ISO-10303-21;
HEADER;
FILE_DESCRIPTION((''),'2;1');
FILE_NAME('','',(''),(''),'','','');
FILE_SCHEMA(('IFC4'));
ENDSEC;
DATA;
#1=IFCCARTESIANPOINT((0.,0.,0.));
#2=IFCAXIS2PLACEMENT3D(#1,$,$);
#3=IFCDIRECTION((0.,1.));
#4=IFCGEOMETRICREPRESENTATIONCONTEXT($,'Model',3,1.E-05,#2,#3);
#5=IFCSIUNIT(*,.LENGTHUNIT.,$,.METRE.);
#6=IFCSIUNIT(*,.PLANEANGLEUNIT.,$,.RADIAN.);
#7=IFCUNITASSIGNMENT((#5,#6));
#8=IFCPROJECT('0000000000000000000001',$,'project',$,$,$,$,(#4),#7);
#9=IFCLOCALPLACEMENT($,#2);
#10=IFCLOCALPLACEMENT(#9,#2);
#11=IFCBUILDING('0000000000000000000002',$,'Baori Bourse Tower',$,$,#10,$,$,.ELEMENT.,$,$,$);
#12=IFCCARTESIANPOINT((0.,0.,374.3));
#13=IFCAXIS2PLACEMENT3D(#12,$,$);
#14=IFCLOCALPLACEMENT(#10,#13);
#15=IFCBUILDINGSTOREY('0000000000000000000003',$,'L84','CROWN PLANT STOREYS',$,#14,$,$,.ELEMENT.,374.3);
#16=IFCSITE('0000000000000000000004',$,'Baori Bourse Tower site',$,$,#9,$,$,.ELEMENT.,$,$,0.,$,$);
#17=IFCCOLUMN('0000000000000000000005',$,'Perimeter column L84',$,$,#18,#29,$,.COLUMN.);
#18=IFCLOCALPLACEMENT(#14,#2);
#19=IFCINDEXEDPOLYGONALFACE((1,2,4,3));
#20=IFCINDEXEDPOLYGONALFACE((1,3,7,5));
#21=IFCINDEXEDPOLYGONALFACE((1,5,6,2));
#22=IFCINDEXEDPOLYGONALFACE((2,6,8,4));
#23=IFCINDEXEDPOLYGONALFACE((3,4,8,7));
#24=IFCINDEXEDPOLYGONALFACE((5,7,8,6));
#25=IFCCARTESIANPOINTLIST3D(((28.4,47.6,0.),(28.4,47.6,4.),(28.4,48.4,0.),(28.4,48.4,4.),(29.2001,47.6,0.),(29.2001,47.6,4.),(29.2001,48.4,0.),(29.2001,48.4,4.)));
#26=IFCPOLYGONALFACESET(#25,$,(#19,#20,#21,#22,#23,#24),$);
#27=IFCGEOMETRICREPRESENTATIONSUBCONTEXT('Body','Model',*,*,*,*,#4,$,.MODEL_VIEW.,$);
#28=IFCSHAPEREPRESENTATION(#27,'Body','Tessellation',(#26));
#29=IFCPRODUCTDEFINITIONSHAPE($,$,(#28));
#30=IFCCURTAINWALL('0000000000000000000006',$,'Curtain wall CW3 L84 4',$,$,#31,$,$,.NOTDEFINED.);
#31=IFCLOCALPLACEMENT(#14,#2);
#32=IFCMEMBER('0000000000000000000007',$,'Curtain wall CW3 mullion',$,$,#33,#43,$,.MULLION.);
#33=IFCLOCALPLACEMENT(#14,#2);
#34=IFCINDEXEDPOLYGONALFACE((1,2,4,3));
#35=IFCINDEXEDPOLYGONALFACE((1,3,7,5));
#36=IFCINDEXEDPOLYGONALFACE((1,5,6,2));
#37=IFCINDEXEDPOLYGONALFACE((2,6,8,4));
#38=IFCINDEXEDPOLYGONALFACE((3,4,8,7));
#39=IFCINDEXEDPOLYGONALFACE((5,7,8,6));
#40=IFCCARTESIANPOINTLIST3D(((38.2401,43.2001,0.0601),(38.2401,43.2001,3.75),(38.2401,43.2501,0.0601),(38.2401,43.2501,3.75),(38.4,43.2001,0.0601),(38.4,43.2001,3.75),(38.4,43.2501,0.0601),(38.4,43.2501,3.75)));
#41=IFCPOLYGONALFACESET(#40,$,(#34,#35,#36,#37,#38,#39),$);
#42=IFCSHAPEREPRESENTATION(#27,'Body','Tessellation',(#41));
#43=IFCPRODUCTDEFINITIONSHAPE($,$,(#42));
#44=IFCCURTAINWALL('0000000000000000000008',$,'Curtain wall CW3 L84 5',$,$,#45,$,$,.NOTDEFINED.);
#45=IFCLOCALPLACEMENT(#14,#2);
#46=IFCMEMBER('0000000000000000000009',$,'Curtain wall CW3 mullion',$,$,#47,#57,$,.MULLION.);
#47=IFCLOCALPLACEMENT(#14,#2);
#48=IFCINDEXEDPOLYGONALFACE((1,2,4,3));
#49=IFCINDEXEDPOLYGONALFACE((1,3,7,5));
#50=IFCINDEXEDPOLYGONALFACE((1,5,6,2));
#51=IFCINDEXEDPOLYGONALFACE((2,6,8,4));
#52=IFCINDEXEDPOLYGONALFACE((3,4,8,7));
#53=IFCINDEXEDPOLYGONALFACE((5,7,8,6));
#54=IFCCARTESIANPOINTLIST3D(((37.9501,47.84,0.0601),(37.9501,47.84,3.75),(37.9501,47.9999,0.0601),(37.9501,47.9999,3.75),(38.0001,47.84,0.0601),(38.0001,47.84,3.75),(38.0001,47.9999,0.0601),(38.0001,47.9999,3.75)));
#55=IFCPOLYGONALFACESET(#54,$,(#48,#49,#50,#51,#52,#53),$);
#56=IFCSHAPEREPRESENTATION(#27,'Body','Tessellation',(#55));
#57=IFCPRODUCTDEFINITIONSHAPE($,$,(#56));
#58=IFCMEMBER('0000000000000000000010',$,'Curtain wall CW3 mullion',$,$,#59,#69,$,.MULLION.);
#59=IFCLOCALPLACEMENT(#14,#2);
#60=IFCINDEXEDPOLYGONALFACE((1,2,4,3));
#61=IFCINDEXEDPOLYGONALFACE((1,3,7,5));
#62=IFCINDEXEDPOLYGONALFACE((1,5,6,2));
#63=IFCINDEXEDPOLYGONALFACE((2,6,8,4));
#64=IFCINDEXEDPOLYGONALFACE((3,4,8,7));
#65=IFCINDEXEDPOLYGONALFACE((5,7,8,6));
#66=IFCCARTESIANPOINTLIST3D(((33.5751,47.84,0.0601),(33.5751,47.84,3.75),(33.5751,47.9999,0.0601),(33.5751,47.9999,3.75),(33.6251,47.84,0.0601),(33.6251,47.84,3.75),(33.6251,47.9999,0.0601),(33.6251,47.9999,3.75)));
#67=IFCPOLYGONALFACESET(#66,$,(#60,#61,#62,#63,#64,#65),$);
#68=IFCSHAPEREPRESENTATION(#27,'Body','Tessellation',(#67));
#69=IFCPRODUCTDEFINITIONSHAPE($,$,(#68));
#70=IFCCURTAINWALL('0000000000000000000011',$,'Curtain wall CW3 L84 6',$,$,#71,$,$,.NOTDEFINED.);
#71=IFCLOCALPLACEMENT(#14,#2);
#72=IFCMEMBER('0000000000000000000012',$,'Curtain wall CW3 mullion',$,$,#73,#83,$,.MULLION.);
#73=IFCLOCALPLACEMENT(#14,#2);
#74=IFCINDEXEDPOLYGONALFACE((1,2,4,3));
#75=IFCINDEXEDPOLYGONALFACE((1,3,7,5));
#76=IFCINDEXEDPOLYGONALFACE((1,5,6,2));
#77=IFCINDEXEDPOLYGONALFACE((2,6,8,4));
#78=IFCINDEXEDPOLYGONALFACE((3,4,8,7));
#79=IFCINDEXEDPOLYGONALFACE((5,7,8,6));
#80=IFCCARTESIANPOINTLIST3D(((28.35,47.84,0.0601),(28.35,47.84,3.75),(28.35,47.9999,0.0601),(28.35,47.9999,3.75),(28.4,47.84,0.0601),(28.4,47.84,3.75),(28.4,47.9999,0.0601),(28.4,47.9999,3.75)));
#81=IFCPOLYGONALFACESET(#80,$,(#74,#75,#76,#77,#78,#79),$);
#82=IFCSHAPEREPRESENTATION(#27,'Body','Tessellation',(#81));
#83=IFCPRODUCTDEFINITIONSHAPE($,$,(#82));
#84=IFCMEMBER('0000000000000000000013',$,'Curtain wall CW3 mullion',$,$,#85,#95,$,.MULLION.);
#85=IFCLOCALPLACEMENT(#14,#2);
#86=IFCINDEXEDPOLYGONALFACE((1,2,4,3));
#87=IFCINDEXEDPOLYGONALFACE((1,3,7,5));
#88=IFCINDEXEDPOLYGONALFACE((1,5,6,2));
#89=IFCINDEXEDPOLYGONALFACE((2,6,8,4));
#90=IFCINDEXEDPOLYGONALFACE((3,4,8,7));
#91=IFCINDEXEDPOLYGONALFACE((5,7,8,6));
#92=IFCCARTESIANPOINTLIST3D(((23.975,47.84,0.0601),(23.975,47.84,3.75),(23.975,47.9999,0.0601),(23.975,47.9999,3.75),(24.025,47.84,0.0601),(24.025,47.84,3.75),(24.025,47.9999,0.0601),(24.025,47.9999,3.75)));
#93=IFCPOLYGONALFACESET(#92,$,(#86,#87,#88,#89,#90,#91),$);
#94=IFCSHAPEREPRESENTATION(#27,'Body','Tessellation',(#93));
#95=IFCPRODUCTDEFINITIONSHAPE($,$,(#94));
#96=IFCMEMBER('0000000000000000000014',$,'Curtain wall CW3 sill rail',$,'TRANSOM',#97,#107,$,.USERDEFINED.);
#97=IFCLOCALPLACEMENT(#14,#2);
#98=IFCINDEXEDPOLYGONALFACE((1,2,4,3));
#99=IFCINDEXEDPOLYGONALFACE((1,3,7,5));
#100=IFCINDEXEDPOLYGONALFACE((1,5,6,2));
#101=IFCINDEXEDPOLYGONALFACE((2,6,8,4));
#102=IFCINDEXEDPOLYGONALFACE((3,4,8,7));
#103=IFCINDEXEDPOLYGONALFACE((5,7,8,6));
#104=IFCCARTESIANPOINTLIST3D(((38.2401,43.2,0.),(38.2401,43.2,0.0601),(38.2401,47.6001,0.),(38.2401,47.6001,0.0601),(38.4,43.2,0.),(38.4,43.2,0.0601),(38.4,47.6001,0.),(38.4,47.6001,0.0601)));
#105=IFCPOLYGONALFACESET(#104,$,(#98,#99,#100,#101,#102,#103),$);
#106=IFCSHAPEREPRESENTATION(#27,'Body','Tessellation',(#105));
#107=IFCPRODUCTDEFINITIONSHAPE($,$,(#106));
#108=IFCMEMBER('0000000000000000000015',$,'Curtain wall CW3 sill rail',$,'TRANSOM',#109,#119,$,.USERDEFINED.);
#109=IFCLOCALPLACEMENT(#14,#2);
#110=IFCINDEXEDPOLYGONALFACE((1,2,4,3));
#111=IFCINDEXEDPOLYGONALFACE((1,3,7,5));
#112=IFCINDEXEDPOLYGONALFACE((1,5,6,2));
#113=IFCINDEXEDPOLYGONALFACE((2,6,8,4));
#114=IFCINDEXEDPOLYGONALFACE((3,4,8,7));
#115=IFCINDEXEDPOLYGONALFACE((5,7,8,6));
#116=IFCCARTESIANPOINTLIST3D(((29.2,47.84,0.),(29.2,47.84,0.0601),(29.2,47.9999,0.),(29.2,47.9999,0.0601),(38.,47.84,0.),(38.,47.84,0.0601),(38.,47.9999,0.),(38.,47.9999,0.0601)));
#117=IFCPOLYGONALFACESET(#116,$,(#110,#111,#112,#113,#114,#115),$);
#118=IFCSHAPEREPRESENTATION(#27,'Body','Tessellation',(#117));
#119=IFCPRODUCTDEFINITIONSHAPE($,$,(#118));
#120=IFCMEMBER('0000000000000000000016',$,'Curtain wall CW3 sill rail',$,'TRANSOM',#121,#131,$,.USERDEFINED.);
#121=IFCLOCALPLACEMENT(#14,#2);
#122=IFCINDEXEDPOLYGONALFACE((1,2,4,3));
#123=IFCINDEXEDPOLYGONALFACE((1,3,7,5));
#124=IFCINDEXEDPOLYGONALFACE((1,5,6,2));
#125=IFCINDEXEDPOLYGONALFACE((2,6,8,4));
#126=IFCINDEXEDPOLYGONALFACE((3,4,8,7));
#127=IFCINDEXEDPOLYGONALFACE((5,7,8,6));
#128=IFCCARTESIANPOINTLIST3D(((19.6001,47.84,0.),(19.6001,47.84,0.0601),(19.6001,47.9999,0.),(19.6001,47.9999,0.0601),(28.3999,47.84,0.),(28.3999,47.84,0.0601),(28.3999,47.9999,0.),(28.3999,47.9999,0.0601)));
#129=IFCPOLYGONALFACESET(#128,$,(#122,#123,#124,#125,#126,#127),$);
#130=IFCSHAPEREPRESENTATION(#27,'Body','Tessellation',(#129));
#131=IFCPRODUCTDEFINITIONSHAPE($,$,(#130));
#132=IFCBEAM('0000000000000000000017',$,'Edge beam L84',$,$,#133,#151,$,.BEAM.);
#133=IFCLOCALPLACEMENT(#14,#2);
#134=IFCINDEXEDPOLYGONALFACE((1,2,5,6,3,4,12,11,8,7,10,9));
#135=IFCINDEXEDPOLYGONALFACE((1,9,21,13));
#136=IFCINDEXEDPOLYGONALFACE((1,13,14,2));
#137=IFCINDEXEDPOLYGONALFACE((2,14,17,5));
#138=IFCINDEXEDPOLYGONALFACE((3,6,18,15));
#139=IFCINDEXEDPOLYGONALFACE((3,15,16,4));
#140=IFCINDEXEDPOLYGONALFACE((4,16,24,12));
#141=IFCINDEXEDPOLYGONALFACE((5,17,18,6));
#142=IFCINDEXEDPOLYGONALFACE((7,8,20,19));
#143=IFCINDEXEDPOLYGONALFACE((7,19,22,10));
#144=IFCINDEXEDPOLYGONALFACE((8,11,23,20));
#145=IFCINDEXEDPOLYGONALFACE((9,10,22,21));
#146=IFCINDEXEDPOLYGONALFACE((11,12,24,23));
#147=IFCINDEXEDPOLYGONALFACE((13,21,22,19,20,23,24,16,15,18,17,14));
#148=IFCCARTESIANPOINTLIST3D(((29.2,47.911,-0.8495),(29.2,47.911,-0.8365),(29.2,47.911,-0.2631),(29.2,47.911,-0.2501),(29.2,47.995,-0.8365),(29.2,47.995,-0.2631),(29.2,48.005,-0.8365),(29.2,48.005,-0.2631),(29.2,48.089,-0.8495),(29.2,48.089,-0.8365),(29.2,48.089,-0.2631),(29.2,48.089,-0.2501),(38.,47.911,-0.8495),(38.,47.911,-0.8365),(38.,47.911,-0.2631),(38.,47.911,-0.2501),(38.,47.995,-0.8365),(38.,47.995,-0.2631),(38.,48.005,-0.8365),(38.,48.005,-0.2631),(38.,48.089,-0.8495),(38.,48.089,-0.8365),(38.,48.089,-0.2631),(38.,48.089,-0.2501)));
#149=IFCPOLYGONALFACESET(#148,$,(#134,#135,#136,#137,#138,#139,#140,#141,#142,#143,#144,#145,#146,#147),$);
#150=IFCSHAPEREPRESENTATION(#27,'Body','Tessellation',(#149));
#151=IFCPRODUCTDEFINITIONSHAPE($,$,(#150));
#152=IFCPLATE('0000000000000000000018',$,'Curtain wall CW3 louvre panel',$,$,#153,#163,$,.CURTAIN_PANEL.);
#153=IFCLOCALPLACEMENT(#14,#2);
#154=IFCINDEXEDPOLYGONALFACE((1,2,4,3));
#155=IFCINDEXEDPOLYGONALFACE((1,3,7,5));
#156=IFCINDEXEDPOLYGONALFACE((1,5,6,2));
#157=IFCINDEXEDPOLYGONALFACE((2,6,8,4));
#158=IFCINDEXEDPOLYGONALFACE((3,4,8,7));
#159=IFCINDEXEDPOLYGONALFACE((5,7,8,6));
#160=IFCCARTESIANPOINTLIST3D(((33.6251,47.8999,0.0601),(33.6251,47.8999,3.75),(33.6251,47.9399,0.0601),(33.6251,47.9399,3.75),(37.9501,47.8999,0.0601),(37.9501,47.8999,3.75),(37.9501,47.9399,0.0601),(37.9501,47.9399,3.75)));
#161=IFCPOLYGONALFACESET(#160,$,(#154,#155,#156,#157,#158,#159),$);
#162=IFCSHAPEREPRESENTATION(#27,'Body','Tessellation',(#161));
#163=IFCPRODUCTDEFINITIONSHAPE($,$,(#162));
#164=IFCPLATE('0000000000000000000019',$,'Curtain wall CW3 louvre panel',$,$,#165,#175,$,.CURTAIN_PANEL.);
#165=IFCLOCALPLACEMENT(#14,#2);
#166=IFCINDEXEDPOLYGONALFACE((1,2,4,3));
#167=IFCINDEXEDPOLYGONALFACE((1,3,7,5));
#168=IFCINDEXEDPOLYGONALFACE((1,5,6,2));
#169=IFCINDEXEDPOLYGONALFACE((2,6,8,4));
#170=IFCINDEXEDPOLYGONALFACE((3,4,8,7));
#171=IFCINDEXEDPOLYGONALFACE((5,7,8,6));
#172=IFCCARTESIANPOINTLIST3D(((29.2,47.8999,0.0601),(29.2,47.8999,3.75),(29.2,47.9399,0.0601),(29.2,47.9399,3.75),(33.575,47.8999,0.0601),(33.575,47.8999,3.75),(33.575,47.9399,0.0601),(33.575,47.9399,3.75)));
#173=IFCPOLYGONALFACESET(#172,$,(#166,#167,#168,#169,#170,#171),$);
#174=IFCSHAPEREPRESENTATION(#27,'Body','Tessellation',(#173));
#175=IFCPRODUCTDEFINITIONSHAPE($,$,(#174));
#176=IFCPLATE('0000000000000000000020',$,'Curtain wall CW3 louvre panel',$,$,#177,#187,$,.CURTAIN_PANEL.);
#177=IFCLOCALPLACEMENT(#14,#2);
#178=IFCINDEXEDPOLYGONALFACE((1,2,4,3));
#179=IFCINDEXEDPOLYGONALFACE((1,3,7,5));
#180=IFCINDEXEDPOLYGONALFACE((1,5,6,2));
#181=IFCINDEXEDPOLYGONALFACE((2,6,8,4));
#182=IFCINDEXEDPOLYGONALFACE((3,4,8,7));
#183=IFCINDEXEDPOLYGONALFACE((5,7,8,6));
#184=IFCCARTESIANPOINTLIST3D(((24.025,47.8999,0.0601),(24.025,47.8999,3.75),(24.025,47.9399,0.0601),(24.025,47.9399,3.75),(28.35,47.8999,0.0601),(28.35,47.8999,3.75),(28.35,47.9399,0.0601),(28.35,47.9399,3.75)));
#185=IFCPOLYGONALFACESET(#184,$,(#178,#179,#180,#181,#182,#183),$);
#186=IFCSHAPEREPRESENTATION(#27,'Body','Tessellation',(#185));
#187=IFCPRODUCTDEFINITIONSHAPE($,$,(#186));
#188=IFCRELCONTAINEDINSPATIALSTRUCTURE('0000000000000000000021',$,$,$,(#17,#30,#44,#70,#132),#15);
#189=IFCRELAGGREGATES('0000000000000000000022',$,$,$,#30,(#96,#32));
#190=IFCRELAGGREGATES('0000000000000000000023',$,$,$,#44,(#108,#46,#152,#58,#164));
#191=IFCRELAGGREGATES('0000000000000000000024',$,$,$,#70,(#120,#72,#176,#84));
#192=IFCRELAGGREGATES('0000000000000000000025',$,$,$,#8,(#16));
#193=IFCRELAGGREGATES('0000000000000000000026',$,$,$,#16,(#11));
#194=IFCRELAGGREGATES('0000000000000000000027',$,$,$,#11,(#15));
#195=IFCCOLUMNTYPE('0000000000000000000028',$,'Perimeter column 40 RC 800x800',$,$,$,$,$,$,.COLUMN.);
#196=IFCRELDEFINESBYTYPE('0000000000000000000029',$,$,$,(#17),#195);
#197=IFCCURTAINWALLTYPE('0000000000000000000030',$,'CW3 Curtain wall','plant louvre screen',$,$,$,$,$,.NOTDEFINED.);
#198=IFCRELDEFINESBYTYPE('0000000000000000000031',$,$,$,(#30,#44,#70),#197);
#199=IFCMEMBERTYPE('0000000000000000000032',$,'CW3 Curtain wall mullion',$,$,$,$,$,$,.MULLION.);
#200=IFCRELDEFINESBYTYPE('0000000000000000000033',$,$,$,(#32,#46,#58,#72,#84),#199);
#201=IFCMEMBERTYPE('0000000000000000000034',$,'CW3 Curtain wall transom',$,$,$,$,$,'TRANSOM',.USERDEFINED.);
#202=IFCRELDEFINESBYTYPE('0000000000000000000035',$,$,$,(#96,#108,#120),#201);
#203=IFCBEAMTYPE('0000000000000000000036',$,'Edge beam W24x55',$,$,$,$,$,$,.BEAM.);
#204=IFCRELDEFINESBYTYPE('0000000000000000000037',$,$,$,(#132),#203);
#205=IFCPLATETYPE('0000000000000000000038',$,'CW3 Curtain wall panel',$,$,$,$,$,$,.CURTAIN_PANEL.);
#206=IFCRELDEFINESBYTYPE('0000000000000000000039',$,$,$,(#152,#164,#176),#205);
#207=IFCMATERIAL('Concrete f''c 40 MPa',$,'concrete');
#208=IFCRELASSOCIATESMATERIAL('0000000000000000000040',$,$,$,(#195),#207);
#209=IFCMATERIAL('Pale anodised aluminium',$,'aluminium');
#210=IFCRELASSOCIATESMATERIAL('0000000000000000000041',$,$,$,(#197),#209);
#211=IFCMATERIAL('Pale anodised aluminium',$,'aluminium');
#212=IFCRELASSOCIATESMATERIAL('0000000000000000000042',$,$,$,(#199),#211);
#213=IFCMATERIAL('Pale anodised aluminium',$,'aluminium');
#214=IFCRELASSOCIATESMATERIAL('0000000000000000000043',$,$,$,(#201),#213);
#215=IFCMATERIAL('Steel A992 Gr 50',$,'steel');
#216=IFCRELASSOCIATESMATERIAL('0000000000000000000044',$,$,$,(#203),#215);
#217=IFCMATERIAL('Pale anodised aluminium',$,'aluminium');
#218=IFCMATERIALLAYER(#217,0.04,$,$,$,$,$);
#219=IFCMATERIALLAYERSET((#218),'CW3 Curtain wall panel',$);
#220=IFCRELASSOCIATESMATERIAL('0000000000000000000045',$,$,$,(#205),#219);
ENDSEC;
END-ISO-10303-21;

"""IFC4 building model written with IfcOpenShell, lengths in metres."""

from ifc_helpers import new_model, si_unit, direction, frame, origin, origin_2d, place, context, subcontext, project, spatial, rectangle, i_section, extrude, material, layer, layer_set, material_profile, profile_set, type_object, element, aggregate, save


model = new_model("IFC4")

# Units and contexts
model_context = context("Model", 3, precision=1e-05, world=origin(), true_north=direction((0.0, 1.0)))
body_context = subcontext(model_context, "Body", "Model", "MODEL_VIEW")
ifc_project = project(units=[si_unit("LENGTHUNIT", "METRE"), si_unit("PLANEANGLEUNIT", "RADIAN")], contexts=[model_context])

# Site, building, storey
site_placement = place(None, origin())
site = spatial("IfcSite", under=ifc_project, at=site_placement, Name="Baori Bourse Tower site", CompositionType="ELEMENT", RefElevation=0.0)
building_placement = place(site_placement, origin())
building = spatial("IfcBuilding", under=site, at=building_placement, Name="Baori Bourse Tower", CompositionType="ELEMENT")
storey_placement = place(building_placement, frame((0.0, 0.0, 374.3)))
storey = spatial("IfcBuildingStorey", under=building, at=storey_placement, Name="L84", Description="CROWN PLANT STOREYS", CompositionType="ELEMENT", Elevation=374.3)

# Column
ifc_material_1 = material(Name="Concrete f'c 40 MPa", Category="concrete")
ifc_material_profile_1 = material_profile(ifc_material_1, rectangle(XDim=0.8, YDim=0.8, at=origin_2d()), Name="RC 800x800")
ifc_profile_set_1 = profile_set([ifc_material_profile_1], Name="Concrete f'c 40 MPa")
column_type = type_object("IfcColumnType", Name="Perimeter column 40 RC 800x800", PredefinedType="COLUMN", material=ifc_profile_set_1)
column_placement = place(storey_placement, frame((28.8, 48.0, 0.0), z_axis=(0.0, 0.0, 1.0), x_axis=(1.0, 0.0, 0.0)))
element("IfcColumn", 1, at=column_placement, inside=storey, type_object=column_type, Name="Perimeter column L84", PredefinedType="COLUMN", context=body_context, shape_type="SweptSolid", body=[
    extrude(rectangle(XDim=0.8, YDim=0.8, at=origin_2d()), origin(), (0.0, 0.0, 1.0), 4.0),
])

# Curtain wall, member
ifc_material_2 = material(Name="Pale anodised aluminium", Category="aluminium")
curtain_wall_type = type_object("IfcCurtainWallType", Name="CW3 Curtain wall", Description="plant louvre screen", PredefinedType="NOTDEFINED", material=ifc_material_2)
curtain_wall_1_placement = place(storey_placement, origin())
curtain_wall_1 = element("IfcCurtainWall", 2, at=curtain_wall_1_placement, inside=storey, type_object=curtain_wall_type, Name="Curtain wall CW3 L84 4", PredefinedType="NOTDEFINED")
ifc_material_3 = material(Name="Pale anodised aluminium", Category="aluminium")
ifc_material_profile_2 = material_profile(ifc_material_3, rectangle(XDim=0.1599, YDim=0.05, at=origin_2d()), Name="Mullion 50x160")
ifc_profile_set_2 = profile_set([ifc_material_profile_2], Name="Pale anodised aluminium")
member_type_1 = type_object("IfcMemberType", Name="CW3 Curtain wall mullion", PredefinedType="MULLION", material=ifc_profile_set_2)
member_1_placement = place(storey_placement, frame((38.3201, 43.2251, 0.0601), z_axis=(0.0, 0.0, 1.0), x_axis=(-1.0, 0.0, 0.0)))
member_1 = element("IfcMember", 3, at=member_1_placement, type_object=member_type_1, Name="Curtain wall CW3 mullion", PredefinedType="MULLION", context=body_context, shape_type="SweptSolid", body=[
    extrude(rectangle(XDim=0.1599, YDim=0.05, at=origin_2d()), origin(), (0.0, 0.0, 1.0), 3.6899),
])

# Curtain walls, members
curtain_wall_2_placement = place(storey_placement, origin())
curtain_wall_2 = element("IfcCurtainWall", 4, at=curtain_wall_2_placement, inside=storey, type_object=curtain_wall_type, Name="Curtain wall CW3 L84 5", PredefinedType="NOTDEFINED")
member_2_placement = place(storey_placement, frame((37.9751, 47.9199, 0.0601), z_axis=(0.0, 0.0, 1.0), x_axis=(0.0, -1.0, 0.0)))
member_2 = element("IfcMember", 5, at=member_2_placement, type_object=member_type_1, Name="Curtain wall CW3 mullion", PredefinedType="MULLION", context=body_context, shape_type="SweptSolid", body=[
    extrude(rectangle(XDim=0.1599, YDim=0.05, at=origin_2d()), origin(), (0.0, 0.0, 1.0), 3.6899),
])
member_3_placement = place(storey_placement, frame((33.6001, 47.9199, 0.0601), z_axis=(0.0, 0.0, 1.0), x_axis=(0.0, -1.0, 0.0)))
member_3 = element("IfcMember", 6, at=member_3_placement, type_object=member_type_1, Name="Curtain wall CW3 mullion", PredefinedType="MULLION", context=body_context, shape_type="SweptSolid", body=[
    extrude(rectangle(XDim=0.1599, YDim=0.05, at=origin_2d()), origin(), (0.0, 0.0, 1.0), 3.6899),
])
curtain_wall_3_placement = place(storey_placement, origin())
curtain_wall_3 = element("IfcCurtainWall", 7, at=curtain_wall_3_placement, inside=storey, type_object=curtain_wall_type, Name="Curtain wall CW3 L84 6", PredefinedType="NOTDEFINED")
member_4_placement = place(storey_placement, frame((28.375, 47.9199, 0.0601), z_axis=(0.0, 0.0, 1.0), x_axis=(0.0, -1.0, 0.0)))
member_4 = element("IfcMember", 8, at=member_4_placement, type_object=member_type_1, Name="Curtain wall CW3 mullion", PredefinedType="MULLION", context=body_context, shape_type="SweptSolid", body=[
    extrude(rectangle(XDim=0.1599, YDim=0.05, at=origin_2d()), origin(), (0.0, 0.0, 1.0), 3.6899),
])
member_5_placement = place(storey_placement, frame((24.0, 47.9199, 0.0601), z_axis=(0.0, 0.0, 1.0), x_axis=(0.0, -1.0, 0.0)))
member_5 = element("IfcMember", 9, at=member_5_placement, type_object=member_type_1, Name="Curtain wall CW3 mullion", PredefinedType="MULLION", context=body_context, shape_type="SweptSolid", body=[
    extrude(rectangle(XDim=0.1599, YDim=0.05, at=origin_2d()), origin(), (0.0, 0.0, 1.0), 3.6899),
])

# Members
ifc_material_4 = material(Name="Pale anodised aluminium", Category="aluminium")
ifc_material_profile_3 = material_profile(ifc_material_4, rectangle(XDim=0.1599, YDim=0.0601, at=origin_2d()), Name="Transom 60x160")
ifc_profile_set_3 = profile_set([ifc_material_profile_3], Name="Pale anodised aluminium")
member_type_2 = type_object("IfcMemberType", Name="CW3 Curtain wall transom", ElementType="TRANSOM", PredefinedType="USERDEFINED", material=ifc_profile_set_3)
member_6_placement = place(storey_placement, frame((38.3201, 43.2, 0.03), z_axis=(0.0, 1.0, 0.0), x_axis=(-1.0, 0.0, 0.0)))
member_6 = element("IfcMember", 10, at=member_6_placement, type_object=member_type_2, Name="Curtain wall CW3 sill rail", ObjectType="TRANSOM", PredefinedType="USERDEFINED", context=body_context, shape_type="SweptSolid", body=[
    extrude(rectangle(XDim=0.1599, YDim=0.0601, at=origin_2d()), origin(), (0.0, 0.0, 1.0), 4.4001),
])
aggregate(curtain_wall_1, [member_6, member_1])
member_7_placement = place(storey_placement, frame((38.0, 47.9199, 0.03), z_axis=(-1.0, 0.0, 0.0), x_axis=(0.0, -1.0, 0.0)))
member_7 = element("IfcMember", 11, at=member_7_placement, type_object=member_type_2, Name="Curtain wall CW3 sill rail", ObjectType="TRANSOM", PredefinedType="USERDEFINED", context=body_context, shape_type="SweptSolid", body=[
    extrude(rectangle(XDim=0.1599, YDim=0.0601, at=origin_2d()), origin(), (0.0, 0.0, 1.0), 8.8),
])
member_8_placement = place(storey_placement, frame((28.3999, 47.9199, 0.03), z_axis=(-1.0, 0.0, 0.0), x_axis=(0.0, -1.0, 0.0)))
member_8 = element("IfcMember", 12, at=member_8_placement, type_object=member_type_2, Name="Curtain wall CW3 sill rail", ObjectType="TRANSOM", PredefinedType="USERDEFINED", context=body_context, shape_type="SweptSolid", body=[
    extrude(rectangle(XDim=0.1599, YDim=0.0601, at=origin_2d()), origin(), (0.0, 0.0, 1.0), 8.7998),
])

# Beam
ifc_material_5 = material(Name="Steel A992 Gr 50", Category="steel")
ifc_material_profile_4 = material_profile(ifc_material_5, i_section(OverallWidth=0.178, OverallDepth=0.5994, WebThickness=0.01, FlangeThickness=0.0129, at=origin_2d()), Name="W24x55")
ifc_profile_set_4 = profile_set([ifc_material_profile_4], Name="Steel A992 Gr 50")
beam_type = type_object("IfcBeamType", Name="Edge beam W24x55", PredefinedType="BEAM", material=ifc_profile_set_4)
beam_placement = place(storey_placement, frame((29.2, 48.0, -0.5498), z_axis=(1.0, 0.0, 0.0), x_axis=(0.0, 1.0, 0.0)))
element("IfcBeam", 13, at=beam_placement, inside=storey, type_object=beam_type, Name="Edge beam L84", PredefinedType="BEAM", context=body_context, shape_type="SweptSolid", body=[
    extrude(i_section(OverallWidth=0.178, OverallDepth=0.5994, WebThickness=0.01, FlangeThickness=0.0129, at=origin_2d()), origin(), (0.0, 0.0, 1.0), 8.8),
])

# Plates
ifc_material_6 = material(Name="Pale anodised aluminium", Category="aluminium")
ifc_layer_1 = layer(ifc_material_6, 0.04)
ifc_layer_set_1 = layer_set([ifc_layer_1], Name="CW3 Curtain wall panel")
plate_type = type_object("IfcPlateType", Name="CW3 Curtain wall panel", PredefinedType="CURTAIN_PANEL", material=ifc_layer_set_1)
plate_1_placement = place(storey_placement, frame((35.7876, 47.9199, 0.0601), z_axis=(0.0, 0.0, 1.0), x_axis=(-1.0, 0.0, 0.0)))
plate_1 = element("IfcPlate", 14, at=plate_1_placement, type_object=plate_type, Name="Curtain wall CW3 louvre panel", PredefinedType="CURTAIN_PANEL", context=body_context, shape_type="SweptSolid", body=[
    extrude(rectangle(XDim=4.325, YDim=0.04, at=origin_2d()), origin(), (0.0, 0.0, 1.0), 3.6899),
])
plate_2_placement = place(storey_placement, frame((31.3875, 47.9199, 0.0601), z_axis=(0.0, 0.0, 1.0), x_axis=(-1.0, 0.0, 0.0)))
plate_2 = element("IfcPlate", 15, at=plate_2_placement, type_object=plate_type, Name="Curtain wall CW3 louvre panel", PredefinedType="CURTAIN_PANEL", context=body_context, shape_type="SweptSolid", body=[
    extrude(rectangle(XDim=4.375, YDim=0.04, at=origin_2d()), origin(), (0.0, 0.0, 1.0), 3.6899),
])
aggregate(curtain_wall_2, [member_7, member_2, plate_1, member_3, plate_2])
plate_3_placement = place(storey_placement, frame((26.1875, 47.9199, 0.0601), z_axis=(0.0, 0.0, 1.0), x_axis=(-1.0, 0.0, 0.0)))
plate_3 = element("IfcPlate", 16, at=plate_3_placement, type_object=plate_type, Name="Curtain wall CW3 louvre panel", PredefinedType="CURTAIN_PANEL", context=body_context, shape_type="SweptSolid", body=[
    extrude(rectangle(XDim=4.325, YDim=0.04, at=origin_2d()), origin(), (0.0, 0.0, 1.0), 3.6899),
])
aggregate(curtain_wall_3, [member_8, member_4, plate_3, member_5])

save(model, "model.ifc")
